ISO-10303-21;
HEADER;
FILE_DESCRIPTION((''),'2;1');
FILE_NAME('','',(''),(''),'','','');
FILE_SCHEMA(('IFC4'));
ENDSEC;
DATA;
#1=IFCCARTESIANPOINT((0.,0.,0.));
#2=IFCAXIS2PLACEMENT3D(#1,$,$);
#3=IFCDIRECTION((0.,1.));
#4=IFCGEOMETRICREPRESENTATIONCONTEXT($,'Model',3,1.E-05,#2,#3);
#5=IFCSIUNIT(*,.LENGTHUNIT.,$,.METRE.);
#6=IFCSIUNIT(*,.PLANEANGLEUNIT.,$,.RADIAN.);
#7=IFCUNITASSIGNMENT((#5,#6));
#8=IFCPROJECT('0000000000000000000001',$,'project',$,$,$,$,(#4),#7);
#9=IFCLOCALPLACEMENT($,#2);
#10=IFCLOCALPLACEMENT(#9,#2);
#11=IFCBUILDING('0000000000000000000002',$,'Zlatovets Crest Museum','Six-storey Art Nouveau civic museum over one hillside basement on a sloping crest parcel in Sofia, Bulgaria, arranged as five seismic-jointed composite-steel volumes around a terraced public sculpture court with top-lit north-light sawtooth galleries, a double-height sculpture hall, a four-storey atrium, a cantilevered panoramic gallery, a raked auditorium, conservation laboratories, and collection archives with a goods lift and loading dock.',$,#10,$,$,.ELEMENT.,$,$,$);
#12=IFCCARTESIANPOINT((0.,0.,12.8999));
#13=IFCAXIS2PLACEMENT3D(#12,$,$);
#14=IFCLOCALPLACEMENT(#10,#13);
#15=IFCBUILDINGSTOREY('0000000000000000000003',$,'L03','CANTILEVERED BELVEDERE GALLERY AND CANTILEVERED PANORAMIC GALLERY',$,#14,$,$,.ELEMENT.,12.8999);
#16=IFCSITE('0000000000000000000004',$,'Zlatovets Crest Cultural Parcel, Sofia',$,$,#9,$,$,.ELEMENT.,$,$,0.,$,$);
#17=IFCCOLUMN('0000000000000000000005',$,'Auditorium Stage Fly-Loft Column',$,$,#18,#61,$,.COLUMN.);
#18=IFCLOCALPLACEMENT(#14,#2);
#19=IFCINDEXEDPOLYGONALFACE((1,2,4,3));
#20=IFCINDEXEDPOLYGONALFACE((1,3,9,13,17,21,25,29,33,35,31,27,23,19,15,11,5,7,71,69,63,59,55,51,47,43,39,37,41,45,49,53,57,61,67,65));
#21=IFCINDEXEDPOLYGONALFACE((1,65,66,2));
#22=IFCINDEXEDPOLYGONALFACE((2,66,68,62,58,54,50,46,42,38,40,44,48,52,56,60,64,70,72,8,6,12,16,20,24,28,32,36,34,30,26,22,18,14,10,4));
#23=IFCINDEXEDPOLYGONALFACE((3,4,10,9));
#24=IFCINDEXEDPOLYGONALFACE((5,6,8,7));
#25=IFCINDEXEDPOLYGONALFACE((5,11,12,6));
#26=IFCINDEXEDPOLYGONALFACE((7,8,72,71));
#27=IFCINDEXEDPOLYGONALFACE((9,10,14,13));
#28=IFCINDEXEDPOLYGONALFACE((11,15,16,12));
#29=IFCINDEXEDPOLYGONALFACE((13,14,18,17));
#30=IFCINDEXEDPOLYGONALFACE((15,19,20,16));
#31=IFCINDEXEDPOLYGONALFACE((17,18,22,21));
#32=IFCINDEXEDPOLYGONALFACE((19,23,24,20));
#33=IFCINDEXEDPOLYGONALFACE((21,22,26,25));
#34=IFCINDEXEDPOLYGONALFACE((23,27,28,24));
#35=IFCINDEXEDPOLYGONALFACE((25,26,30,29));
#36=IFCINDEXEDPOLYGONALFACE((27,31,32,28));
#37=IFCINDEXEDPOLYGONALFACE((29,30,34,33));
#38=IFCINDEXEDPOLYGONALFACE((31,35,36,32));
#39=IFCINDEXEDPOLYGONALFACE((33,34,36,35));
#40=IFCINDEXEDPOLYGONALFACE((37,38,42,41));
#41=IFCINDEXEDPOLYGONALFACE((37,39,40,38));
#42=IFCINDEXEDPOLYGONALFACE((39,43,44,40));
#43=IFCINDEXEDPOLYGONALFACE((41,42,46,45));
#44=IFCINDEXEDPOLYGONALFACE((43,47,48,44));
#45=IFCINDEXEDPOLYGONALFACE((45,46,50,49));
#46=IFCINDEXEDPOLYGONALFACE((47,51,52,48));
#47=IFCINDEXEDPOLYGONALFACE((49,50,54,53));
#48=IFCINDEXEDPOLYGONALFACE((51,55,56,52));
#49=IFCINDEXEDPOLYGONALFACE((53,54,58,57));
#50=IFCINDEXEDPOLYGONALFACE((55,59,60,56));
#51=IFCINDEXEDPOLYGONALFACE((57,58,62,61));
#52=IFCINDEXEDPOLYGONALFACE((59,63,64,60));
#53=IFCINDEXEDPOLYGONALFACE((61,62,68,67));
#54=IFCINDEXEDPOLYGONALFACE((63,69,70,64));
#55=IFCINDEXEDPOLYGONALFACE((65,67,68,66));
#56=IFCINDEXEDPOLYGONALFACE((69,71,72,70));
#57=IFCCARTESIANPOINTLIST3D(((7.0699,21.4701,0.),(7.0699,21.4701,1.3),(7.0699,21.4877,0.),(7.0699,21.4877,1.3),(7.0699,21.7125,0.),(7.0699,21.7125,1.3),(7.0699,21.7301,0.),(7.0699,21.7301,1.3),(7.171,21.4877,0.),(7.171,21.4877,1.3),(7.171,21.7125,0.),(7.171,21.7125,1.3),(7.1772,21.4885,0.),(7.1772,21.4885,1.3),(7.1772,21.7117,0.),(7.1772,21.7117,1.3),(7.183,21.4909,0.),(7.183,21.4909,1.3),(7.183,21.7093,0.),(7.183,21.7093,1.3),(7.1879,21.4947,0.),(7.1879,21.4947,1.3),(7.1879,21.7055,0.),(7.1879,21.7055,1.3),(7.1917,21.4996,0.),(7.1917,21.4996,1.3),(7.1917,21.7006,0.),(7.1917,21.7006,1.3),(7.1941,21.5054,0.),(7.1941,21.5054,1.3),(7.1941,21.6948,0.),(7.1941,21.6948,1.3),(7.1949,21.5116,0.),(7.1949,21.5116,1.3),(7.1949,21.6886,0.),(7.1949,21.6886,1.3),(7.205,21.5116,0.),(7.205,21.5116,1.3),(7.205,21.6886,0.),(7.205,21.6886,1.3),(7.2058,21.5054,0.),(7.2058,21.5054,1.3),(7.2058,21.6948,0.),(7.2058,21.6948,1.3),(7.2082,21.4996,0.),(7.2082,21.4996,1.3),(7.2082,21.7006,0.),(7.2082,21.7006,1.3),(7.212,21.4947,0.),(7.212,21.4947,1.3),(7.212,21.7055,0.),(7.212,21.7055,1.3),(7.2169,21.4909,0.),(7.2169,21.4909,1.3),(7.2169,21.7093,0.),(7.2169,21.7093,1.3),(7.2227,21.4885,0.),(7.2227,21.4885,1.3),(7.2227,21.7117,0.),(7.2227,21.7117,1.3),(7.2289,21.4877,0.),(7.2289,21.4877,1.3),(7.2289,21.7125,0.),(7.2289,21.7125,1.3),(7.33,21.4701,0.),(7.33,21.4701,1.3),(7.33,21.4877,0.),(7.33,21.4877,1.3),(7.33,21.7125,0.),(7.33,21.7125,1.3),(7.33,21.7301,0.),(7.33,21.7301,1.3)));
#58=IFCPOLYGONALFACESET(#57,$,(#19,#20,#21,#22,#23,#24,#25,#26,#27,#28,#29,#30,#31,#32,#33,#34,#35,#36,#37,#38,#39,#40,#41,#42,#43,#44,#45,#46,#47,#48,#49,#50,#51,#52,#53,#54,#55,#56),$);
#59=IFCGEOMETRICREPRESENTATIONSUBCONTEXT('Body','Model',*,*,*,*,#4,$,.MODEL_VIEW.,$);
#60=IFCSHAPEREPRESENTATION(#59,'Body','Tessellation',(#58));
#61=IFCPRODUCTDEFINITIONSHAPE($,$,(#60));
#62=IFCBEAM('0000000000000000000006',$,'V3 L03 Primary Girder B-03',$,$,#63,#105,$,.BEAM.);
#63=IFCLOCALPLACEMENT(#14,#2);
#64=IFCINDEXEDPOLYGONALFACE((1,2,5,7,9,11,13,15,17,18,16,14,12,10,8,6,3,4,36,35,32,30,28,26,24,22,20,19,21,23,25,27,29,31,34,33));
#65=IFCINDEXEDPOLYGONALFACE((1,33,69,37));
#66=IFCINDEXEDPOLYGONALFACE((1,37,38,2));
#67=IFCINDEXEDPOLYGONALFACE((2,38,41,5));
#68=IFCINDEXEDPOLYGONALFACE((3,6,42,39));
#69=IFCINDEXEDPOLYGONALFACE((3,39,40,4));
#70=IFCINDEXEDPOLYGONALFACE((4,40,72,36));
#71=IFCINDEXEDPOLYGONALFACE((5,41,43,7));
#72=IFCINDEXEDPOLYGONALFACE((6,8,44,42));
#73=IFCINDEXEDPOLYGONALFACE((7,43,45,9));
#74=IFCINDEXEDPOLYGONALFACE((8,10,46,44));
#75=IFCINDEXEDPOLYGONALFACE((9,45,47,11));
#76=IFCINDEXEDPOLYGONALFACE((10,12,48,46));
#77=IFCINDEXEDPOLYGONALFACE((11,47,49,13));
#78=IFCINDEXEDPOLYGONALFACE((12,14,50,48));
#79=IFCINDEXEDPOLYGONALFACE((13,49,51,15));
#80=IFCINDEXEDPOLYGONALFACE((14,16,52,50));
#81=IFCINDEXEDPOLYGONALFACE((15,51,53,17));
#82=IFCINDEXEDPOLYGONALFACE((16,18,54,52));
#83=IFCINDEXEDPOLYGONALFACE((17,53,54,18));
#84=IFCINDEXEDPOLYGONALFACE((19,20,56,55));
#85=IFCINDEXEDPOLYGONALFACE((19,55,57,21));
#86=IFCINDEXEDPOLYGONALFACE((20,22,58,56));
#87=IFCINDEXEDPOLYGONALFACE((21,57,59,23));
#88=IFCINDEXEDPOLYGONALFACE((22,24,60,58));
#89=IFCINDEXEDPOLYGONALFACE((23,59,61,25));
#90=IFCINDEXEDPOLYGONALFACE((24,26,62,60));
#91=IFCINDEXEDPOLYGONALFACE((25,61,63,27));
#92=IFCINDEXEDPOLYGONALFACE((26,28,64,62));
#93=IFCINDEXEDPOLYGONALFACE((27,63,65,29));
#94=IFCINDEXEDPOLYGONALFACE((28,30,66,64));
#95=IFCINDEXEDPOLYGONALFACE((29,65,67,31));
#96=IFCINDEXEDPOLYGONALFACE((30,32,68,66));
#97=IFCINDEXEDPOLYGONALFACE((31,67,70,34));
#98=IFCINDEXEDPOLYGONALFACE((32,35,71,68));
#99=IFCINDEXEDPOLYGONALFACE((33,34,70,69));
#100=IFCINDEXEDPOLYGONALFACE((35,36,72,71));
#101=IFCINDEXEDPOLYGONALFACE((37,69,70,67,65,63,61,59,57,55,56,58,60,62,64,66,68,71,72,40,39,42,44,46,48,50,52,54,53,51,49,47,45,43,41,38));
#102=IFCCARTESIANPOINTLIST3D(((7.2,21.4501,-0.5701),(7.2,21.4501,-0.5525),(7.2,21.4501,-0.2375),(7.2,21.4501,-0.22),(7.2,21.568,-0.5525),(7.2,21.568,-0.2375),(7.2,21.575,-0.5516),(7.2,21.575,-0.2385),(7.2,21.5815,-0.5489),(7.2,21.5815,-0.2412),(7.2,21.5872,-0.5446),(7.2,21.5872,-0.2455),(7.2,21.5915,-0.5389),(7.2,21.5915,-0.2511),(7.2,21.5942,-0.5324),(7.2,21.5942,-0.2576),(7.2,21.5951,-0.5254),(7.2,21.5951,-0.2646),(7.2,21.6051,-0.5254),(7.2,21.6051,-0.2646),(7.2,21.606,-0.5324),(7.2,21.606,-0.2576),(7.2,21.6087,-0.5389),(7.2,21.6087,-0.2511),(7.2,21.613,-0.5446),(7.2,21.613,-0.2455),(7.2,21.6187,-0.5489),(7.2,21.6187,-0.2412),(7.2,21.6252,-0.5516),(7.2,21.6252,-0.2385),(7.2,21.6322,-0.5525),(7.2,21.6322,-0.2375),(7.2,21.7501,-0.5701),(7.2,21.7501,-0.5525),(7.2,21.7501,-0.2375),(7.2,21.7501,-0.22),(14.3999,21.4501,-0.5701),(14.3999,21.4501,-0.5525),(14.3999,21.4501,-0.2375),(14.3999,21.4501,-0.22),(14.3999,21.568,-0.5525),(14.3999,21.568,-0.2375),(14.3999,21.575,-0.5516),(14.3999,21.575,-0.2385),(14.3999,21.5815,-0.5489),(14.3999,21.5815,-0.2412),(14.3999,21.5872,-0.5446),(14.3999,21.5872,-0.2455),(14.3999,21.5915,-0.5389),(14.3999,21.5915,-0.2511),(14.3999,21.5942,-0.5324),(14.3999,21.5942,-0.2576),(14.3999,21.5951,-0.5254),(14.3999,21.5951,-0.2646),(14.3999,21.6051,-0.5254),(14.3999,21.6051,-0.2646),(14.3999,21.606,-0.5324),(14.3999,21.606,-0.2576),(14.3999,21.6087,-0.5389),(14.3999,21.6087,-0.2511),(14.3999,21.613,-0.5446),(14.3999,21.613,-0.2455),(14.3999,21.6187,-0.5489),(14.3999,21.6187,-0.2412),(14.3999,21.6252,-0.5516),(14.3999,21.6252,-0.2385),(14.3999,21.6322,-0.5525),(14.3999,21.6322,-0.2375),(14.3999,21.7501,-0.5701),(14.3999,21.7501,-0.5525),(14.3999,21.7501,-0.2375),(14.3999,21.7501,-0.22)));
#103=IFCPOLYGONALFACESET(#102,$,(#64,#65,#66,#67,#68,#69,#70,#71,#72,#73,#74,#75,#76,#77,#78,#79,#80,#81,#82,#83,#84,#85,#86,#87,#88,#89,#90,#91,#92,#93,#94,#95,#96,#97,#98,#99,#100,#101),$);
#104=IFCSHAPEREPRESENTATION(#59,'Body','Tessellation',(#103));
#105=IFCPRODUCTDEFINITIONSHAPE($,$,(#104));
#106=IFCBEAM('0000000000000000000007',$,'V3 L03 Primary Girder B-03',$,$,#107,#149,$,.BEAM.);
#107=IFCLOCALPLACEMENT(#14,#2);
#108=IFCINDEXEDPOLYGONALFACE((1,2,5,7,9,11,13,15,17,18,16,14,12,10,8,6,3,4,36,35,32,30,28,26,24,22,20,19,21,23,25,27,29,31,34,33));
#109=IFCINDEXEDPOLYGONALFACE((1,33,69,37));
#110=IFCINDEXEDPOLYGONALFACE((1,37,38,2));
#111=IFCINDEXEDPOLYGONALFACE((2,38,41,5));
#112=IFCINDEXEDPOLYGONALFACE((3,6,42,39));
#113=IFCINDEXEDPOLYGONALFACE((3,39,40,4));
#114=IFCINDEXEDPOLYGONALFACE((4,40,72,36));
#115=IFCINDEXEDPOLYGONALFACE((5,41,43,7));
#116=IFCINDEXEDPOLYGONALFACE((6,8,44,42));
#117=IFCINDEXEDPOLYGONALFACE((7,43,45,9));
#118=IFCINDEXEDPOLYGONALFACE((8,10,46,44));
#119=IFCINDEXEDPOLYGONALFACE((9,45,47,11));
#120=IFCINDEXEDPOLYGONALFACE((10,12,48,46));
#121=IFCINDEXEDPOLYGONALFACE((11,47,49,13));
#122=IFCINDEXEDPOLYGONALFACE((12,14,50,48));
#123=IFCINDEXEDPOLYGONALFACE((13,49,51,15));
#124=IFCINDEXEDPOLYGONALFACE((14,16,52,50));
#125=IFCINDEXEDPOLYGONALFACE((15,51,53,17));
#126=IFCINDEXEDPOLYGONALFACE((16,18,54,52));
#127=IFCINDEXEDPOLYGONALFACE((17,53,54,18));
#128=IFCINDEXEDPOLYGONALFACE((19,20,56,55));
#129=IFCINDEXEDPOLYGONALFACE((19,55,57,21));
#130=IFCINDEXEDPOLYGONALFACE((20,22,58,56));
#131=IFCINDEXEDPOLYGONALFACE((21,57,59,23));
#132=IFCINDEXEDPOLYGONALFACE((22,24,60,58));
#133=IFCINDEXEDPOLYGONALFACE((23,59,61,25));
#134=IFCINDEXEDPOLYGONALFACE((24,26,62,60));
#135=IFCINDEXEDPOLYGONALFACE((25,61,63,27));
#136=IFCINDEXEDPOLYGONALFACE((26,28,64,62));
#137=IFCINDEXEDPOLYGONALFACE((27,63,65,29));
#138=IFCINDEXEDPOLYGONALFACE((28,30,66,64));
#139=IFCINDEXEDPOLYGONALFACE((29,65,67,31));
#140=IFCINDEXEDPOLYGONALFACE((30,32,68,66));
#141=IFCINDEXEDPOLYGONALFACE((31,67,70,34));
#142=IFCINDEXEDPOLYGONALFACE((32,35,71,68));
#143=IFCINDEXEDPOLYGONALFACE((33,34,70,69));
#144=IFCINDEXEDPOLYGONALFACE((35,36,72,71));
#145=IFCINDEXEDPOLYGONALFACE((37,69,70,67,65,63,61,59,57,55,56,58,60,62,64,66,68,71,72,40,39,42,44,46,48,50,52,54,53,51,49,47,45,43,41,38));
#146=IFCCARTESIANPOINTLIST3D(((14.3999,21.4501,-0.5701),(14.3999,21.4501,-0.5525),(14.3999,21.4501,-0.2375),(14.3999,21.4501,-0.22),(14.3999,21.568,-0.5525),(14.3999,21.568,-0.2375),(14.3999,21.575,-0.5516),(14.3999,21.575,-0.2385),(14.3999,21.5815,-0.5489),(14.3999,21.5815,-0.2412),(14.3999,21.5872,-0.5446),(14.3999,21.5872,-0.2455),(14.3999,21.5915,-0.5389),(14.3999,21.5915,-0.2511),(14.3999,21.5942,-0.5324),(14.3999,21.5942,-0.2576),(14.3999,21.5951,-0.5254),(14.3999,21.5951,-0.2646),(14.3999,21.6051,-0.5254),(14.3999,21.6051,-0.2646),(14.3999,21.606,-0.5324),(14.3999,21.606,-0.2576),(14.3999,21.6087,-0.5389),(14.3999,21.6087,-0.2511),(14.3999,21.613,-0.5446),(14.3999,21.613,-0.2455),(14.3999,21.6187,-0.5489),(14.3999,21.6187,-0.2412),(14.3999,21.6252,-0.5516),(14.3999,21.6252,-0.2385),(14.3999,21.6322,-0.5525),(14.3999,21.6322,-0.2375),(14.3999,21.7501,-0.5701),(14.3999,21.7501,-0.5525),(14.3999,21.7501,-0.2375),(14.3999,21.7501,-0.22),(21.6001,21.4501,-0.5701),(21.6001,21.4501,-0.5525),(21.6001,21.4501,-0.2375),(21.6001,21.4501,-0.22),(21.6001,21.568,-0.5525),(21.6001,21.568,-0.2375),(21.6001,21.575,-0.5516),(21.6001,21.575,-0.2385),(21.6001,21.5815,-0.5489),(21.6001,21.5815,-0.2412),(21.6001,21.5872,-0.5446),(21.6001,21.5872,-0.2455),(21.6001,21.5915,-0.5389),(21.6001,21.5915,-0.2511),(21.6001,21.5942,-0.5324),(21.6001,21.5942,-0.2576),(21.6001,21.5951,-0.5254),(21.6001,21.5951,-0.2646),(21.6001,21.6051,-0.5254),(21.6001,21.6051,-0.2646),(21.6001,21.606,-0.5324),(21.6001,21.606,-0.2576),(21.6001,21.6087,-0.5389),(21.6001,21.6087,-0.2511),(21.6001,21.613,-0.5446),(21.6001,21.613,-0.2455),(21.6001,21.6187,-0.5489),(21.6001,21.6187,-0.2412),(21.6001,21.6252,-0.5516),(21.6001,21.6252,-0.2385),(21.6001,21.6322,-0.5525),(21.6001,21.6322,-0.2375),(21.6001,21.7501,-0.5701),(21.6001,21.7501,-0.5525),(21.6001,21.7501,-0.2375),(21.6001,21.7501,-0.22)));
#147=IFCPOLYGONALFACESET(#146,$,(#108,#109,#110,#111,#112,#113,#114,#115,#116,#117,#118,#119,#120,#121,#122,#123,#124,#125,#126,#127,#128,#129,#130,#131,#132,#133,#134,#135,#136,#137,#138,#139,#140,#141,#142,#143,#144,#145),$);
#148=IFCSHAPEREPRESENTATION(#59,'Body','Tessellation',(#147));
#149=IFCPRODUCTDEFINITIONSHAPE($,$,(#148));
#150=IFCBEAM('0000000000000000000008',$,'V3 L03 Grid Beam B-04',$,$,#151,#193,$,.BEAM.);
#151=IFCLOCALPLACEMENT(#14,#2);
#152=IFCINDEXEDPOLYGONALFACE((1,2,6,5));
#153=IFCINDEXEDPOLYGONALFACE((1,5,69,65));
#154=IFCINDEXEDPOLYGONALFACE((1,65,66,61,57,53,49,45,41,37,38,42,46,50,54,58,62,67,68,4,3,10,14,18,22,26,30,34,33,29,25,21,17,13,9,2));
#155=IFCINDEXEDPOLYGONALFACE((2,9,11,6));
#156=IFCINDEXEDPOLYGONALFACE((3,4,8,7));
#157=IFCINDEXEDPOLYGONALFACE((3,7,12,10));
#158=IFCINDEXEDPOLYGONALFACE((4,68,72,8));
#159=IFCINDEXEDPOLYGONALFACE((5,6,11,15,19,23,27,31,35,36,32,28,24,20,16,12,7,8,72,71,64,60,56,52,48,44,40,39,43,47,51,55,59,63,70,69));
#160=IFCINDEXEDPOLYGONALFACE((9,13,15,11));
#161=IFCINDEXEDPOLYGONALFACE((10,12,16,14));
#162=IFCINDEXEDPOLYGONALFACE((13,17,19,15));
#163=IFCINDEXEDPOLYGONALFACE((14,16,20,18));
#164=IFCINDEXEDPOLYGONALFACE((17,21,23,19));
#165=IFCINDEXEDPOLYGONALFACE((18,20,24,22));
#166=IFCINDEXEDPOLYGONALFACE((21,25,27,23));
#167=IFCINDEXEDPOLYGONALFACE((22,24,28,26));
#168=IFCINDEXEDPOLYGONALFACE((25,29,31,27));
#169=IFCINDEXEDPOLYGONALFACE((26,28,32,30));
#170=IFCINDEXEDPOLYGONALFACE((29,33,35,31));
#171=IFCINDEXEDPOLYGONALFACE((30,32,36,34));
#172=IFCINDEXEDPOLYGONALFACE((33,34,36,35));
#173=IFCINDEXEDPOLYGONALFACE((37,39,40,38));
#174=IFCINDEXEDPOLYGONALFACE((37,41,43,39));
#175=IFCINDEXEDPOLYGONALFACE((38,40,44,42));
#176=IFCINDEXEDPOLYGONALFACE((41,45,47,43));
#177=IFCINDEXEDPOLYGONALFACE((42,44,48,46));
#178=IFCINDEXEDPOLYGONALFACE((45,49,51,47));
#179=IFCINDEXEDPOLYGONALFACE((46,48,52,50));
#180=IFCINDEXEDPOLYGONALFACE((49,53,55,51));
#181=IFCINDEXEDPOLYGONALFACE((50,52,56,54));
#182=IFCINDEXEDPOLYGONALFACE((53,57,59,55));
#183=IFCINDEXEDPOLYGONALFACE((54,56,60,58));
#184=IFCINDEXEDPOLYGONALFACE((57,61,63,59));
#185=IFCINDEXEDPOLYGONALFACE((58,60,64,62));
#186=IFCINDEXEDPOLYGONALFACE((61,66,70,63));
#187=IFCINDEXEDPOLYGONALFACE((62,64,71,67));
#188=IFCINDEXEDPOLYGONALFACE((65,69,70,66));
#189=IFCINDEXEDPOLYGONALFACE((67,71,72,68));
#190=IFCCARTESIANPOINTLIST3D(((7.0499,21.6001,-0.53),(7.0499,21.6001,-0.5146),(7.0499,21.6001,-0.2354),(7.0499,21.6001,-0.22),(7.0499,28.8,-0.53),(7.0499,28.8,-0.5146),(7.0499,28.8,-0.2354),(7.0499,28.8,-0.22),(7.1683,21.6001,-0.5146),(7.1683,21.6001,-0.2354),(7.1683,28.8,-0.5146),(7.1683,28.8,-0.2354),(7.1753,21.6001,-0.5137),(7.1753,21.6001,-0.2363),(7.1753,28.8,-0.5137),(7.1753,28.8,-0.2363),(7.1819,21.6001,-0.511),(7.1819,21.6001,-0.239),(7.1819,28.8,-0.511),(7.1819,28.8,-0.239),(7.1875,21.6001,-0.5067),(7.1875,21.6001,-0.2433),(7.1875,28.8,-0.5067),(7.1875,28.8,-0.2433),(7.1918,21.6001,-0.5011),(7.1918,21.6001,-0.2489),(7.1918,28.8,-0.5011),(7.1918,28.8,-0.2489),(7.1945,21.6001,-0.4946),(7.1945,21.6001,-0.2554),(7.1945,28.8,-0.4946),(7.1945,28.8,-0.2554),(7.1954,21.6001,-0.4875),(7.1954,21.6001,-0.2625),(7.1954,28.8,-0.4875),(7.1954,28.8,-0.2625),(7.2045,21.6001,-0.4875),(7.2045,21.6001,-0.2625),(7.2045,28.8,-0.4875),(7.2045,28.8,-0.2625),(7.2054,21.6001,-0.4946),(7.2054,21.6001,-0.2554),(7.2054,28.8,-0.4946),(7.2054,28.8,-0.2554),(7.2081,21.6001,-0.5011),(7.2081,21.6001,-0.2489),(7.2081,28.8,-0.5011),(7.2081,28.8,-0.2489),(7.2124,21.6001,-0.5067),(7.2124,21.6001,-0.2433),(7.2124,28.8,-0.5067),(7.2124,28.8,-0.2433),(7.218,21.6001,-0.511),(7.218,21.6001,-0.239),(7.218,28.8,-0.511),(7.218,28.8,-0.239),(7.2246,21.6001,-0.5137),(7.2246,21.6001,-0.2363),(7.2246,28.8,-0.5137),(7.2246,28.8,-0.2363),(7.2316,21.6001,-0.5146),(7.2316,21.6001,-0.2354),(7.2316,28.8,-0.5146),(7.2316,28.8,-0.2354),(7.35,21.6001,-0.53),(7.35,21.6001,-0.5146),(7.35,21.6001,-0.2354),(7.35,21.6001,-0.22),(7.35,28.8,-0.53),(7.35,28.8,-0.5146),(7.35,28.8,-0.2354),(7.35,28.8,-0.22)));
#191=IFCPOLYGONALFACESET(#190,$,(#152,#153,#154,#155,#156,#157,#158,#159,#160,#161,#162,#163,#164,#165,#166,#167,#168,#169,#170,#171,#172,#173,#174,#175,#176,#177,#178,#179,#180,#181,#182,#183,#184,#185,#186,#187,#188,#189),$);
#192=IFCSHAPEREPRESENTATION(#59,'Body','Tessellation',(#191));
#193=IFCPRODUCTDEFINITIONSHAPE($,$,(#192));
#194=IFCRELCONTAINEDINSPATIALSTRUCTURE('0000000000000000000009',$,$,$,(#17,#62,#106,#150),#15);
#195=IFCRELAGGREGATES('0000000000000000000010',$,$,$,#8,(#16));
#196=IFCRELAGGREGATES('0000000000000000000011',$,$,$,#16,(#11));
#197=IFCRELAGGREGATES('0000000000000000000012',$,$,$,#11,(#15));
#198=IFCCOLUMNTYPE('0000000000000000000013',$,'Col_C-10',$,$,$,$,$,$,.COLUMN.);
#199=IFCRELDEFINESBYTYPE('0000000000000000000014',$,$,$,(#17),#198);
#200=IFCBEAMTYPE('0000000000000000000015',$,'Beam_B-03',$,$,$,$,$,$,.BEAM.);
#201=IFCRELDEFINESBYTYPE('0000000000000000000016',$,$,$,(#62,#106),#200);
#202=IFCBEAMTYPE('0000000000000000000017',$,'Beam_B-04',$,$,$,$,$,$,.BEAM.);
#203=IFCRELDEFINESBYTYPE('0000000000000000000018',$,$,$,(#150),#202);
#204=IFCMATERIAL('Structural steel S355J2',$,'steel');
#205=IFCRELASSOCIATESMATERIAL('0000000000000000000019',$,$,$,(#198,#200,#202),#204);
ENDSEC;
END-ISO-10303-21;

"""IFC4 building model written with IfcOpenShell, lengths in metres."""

from ifc_helpers import new_model, si_unit, direction, frame, origin, origin_2d, place, context, subcontext, project, spatial, i_section, extrude, material, material_profile, profile_set, type_object, element, save


model = new_model("IFC4")

# Units and contexts
model_context = context("Model", 3, precision=1e-05, world=origin(), true_north=direction((0.0, 1.0)))
body_context = subcontext(model_context, "Body", "Model", "MODEL_VIEW")
ifc_project = project(units=[si_unit("LENGTHUNIT", "METRE"), si_unit("PLANEANGLEUNIT", "RADIAN")], contexts=[model_context])

# Site, building, storey
site_placement = place(None, origin())
site = spatial("IfcSite", under=ifc_project, at=site_placement, Name="Zlatovets Crest Cultural Parcel, Sofia", CompositionType="ELEMENT", RefElevation=0.0)
building_placement = place(site_placement, origin())
building = spatial("IfcBuilding", under=site, at=building_placement, Name="Zlatovets Crest Museum", Description="Six-storey Art Nouveau civic museum over one hillside basement on a sloping crest parcel in Sofia, Bulgaria, arranged as five seismic-jointed composite-steel volumes around a terraced public sculpture court with top-lit north-light sawtooth galleries, a double-height sculpture hall, a four-storey atrium, a cantilevered panoramic gallery, a raked auditorium, conservation laboratories, and collection archives with a goods lift and loading dock.", CompositionType="ELEMENT")
storey_placement = place(building_placement, frame((0.0, 0.0, 12.8999)))
storey = spatial("IfcBuildingStorey", under=building, at=storey_placement, Name="L03", Description="CANTILEVERED BELVEDERE GALLERY AND CANTILEVERED PANORAMIC GALLERY", CompositionType="ELEMENT", Elevation=12.8999)

# Column
ifc_material_1 = material(Name="Structural steel S355J2", Category="steel")
ifc_material_profile_1 = material_profile(ifc_material_1, i_section(OverallWidth=0.26, OverallDepth=0.26, WebThickness=0.01, FlangeThickness=0.0176, FilletRadius=0.0239, at=origin_2d()), Name="HEB 260")
ifc_profile_set_1 = profile_set([ifc_material_profile_1], Name="Structural steel S355J2")
column_type = type_object("IfcColumnType", Name="Col_C-10", PredefinedType="COLUMN", material=ifc_profile_set_1)
column_placement = place(storey_placement, frame((7.2, 21.6001, 0.0), z_axis=(0.0, 0.0, 1.0), x_axis=(1.0, 0.0, 0.0)))
element("IfcColumn", 1, at=column_placement, inside=storey, type_object=column_type, Name="Auditorium Stage Fly-Loft Column", PredefinedType="COLUMN", context=body_context, shape_type="SweptSolid", body=[
    extrude(i_section(OverallWidth=0.26, OverallDepth=0.26, WebThickness=0.01, FlangeThickness=0.0176, FilletRadius=0.0239, at=origin_2d()), origin(), (0.0, 0.0, 1.0), 1.3),
])

# Beams
ifc_material_profile_2 = material_profile(ifc_material_1, i_section(OverallWidth=0.3, OverallDepth=0.3501, WebThickness=0.01, FlangeThickness=0.0176, FilletRadius=0.0271, at=origin_2d()), Name="HEA 360")
ifc_profile_set_2 = profile_set([ifc_material_profile_2], Name="Structural steel S355J2")
beam_type_1 = type_object("IfcBeamType", Name="Beam_B-03", PredefinedType="BEAM", material=ifc_profile_set_2)
beam_1_placement = place(storey_placement, frame((7.2, 21.6001, -0.395), z_axis=(1.0, 0.0, 0.0), x_axis=(0.0, 1.0, 0.0)))
element("IfcBeam", 2, at=beam_1_placement, inside=storey, type_object=beam_type_1, Name="V3 L03 Primary Girder B-03", PredefinedType="BEAM", context=body_context, shape_type="SweptSolid", body=[
    extrude(i_section(OverallWidth=0.3, OverallDepth=0.3501, WebThickness=0.01, FlangeThickness=0.0176, FilletRadius=0.0271, at=origin_2d()), origin(), (0.0, 0.0, 1.0), 7.2),
])
beam_2_placement = place(storey_placement, frame((14.3999, 21.6001, -0.395), z_axis=(1.0, 0.0, 0.0), x_axis=(0.0, 1.0, 0.0)))
element("IfcBeam", 3, at=beam_2_placement, inside=storey, type_object=beam_type_1, Name="V3 L03 Primary Girder B-03", PredefinedType="BEAM", context=body_context, shape_type="SweptSolid", body=[
    extrude(i_section(OverallWidth=0.3, OverallDepth=0.3501, WebThickness=0.01, FlangeThickness=0.0176, FilletRadius=0.0271, at=origin_2d()), origin(), (0.0, 0.0, 1.0), 7.2002),
])
ifc_material_profile_3 = material_profile(ifc_material_1, i_section(OverallWidth=0.3, OverallDepth=0.3101, WebThickness=0.009, FlangeThickness=0.0154, FilletRadius=0.0271, at=origin_2d()), Name="HEA 320")
ifc_profile_set_3 = profile_set([ifc_material_profile_3], Name="Structural steel S355J2")
beam_type_2 = type_object("IfcBeamType", Name="Beam_B-04", PredefinedType="BEAM", material=ifc_profile_set_3)
for number, where, z_axis, x_axis, name in (
    (4, (7.2, 21.6001, -0.375), (0.0, 1.0, 0.0), (-1.0, 0.0, 0.0), "V3 L03 Grid Beam B-04"),
):
    element("IfcBeam", number, at=place(storey_placement, frame(where, z_axis=z_axis, x_axis=x_axis)), inside=storey, type_object=beam_type_2, Name=name, PredefinedType="BEAM", context=body_context, shape_type="SweptSolid", body=[
        extrude(i_section(OverallWidth=0.3, OverallDepth=0.3101, WebThickness=0.009, FlangeThickness=0.0154, FilletRadius=0.0271, at=origin_2d()), origin(), (0.0, 0.0, 1.0), 7.2),
    ])

save(model, "model.ifc")
